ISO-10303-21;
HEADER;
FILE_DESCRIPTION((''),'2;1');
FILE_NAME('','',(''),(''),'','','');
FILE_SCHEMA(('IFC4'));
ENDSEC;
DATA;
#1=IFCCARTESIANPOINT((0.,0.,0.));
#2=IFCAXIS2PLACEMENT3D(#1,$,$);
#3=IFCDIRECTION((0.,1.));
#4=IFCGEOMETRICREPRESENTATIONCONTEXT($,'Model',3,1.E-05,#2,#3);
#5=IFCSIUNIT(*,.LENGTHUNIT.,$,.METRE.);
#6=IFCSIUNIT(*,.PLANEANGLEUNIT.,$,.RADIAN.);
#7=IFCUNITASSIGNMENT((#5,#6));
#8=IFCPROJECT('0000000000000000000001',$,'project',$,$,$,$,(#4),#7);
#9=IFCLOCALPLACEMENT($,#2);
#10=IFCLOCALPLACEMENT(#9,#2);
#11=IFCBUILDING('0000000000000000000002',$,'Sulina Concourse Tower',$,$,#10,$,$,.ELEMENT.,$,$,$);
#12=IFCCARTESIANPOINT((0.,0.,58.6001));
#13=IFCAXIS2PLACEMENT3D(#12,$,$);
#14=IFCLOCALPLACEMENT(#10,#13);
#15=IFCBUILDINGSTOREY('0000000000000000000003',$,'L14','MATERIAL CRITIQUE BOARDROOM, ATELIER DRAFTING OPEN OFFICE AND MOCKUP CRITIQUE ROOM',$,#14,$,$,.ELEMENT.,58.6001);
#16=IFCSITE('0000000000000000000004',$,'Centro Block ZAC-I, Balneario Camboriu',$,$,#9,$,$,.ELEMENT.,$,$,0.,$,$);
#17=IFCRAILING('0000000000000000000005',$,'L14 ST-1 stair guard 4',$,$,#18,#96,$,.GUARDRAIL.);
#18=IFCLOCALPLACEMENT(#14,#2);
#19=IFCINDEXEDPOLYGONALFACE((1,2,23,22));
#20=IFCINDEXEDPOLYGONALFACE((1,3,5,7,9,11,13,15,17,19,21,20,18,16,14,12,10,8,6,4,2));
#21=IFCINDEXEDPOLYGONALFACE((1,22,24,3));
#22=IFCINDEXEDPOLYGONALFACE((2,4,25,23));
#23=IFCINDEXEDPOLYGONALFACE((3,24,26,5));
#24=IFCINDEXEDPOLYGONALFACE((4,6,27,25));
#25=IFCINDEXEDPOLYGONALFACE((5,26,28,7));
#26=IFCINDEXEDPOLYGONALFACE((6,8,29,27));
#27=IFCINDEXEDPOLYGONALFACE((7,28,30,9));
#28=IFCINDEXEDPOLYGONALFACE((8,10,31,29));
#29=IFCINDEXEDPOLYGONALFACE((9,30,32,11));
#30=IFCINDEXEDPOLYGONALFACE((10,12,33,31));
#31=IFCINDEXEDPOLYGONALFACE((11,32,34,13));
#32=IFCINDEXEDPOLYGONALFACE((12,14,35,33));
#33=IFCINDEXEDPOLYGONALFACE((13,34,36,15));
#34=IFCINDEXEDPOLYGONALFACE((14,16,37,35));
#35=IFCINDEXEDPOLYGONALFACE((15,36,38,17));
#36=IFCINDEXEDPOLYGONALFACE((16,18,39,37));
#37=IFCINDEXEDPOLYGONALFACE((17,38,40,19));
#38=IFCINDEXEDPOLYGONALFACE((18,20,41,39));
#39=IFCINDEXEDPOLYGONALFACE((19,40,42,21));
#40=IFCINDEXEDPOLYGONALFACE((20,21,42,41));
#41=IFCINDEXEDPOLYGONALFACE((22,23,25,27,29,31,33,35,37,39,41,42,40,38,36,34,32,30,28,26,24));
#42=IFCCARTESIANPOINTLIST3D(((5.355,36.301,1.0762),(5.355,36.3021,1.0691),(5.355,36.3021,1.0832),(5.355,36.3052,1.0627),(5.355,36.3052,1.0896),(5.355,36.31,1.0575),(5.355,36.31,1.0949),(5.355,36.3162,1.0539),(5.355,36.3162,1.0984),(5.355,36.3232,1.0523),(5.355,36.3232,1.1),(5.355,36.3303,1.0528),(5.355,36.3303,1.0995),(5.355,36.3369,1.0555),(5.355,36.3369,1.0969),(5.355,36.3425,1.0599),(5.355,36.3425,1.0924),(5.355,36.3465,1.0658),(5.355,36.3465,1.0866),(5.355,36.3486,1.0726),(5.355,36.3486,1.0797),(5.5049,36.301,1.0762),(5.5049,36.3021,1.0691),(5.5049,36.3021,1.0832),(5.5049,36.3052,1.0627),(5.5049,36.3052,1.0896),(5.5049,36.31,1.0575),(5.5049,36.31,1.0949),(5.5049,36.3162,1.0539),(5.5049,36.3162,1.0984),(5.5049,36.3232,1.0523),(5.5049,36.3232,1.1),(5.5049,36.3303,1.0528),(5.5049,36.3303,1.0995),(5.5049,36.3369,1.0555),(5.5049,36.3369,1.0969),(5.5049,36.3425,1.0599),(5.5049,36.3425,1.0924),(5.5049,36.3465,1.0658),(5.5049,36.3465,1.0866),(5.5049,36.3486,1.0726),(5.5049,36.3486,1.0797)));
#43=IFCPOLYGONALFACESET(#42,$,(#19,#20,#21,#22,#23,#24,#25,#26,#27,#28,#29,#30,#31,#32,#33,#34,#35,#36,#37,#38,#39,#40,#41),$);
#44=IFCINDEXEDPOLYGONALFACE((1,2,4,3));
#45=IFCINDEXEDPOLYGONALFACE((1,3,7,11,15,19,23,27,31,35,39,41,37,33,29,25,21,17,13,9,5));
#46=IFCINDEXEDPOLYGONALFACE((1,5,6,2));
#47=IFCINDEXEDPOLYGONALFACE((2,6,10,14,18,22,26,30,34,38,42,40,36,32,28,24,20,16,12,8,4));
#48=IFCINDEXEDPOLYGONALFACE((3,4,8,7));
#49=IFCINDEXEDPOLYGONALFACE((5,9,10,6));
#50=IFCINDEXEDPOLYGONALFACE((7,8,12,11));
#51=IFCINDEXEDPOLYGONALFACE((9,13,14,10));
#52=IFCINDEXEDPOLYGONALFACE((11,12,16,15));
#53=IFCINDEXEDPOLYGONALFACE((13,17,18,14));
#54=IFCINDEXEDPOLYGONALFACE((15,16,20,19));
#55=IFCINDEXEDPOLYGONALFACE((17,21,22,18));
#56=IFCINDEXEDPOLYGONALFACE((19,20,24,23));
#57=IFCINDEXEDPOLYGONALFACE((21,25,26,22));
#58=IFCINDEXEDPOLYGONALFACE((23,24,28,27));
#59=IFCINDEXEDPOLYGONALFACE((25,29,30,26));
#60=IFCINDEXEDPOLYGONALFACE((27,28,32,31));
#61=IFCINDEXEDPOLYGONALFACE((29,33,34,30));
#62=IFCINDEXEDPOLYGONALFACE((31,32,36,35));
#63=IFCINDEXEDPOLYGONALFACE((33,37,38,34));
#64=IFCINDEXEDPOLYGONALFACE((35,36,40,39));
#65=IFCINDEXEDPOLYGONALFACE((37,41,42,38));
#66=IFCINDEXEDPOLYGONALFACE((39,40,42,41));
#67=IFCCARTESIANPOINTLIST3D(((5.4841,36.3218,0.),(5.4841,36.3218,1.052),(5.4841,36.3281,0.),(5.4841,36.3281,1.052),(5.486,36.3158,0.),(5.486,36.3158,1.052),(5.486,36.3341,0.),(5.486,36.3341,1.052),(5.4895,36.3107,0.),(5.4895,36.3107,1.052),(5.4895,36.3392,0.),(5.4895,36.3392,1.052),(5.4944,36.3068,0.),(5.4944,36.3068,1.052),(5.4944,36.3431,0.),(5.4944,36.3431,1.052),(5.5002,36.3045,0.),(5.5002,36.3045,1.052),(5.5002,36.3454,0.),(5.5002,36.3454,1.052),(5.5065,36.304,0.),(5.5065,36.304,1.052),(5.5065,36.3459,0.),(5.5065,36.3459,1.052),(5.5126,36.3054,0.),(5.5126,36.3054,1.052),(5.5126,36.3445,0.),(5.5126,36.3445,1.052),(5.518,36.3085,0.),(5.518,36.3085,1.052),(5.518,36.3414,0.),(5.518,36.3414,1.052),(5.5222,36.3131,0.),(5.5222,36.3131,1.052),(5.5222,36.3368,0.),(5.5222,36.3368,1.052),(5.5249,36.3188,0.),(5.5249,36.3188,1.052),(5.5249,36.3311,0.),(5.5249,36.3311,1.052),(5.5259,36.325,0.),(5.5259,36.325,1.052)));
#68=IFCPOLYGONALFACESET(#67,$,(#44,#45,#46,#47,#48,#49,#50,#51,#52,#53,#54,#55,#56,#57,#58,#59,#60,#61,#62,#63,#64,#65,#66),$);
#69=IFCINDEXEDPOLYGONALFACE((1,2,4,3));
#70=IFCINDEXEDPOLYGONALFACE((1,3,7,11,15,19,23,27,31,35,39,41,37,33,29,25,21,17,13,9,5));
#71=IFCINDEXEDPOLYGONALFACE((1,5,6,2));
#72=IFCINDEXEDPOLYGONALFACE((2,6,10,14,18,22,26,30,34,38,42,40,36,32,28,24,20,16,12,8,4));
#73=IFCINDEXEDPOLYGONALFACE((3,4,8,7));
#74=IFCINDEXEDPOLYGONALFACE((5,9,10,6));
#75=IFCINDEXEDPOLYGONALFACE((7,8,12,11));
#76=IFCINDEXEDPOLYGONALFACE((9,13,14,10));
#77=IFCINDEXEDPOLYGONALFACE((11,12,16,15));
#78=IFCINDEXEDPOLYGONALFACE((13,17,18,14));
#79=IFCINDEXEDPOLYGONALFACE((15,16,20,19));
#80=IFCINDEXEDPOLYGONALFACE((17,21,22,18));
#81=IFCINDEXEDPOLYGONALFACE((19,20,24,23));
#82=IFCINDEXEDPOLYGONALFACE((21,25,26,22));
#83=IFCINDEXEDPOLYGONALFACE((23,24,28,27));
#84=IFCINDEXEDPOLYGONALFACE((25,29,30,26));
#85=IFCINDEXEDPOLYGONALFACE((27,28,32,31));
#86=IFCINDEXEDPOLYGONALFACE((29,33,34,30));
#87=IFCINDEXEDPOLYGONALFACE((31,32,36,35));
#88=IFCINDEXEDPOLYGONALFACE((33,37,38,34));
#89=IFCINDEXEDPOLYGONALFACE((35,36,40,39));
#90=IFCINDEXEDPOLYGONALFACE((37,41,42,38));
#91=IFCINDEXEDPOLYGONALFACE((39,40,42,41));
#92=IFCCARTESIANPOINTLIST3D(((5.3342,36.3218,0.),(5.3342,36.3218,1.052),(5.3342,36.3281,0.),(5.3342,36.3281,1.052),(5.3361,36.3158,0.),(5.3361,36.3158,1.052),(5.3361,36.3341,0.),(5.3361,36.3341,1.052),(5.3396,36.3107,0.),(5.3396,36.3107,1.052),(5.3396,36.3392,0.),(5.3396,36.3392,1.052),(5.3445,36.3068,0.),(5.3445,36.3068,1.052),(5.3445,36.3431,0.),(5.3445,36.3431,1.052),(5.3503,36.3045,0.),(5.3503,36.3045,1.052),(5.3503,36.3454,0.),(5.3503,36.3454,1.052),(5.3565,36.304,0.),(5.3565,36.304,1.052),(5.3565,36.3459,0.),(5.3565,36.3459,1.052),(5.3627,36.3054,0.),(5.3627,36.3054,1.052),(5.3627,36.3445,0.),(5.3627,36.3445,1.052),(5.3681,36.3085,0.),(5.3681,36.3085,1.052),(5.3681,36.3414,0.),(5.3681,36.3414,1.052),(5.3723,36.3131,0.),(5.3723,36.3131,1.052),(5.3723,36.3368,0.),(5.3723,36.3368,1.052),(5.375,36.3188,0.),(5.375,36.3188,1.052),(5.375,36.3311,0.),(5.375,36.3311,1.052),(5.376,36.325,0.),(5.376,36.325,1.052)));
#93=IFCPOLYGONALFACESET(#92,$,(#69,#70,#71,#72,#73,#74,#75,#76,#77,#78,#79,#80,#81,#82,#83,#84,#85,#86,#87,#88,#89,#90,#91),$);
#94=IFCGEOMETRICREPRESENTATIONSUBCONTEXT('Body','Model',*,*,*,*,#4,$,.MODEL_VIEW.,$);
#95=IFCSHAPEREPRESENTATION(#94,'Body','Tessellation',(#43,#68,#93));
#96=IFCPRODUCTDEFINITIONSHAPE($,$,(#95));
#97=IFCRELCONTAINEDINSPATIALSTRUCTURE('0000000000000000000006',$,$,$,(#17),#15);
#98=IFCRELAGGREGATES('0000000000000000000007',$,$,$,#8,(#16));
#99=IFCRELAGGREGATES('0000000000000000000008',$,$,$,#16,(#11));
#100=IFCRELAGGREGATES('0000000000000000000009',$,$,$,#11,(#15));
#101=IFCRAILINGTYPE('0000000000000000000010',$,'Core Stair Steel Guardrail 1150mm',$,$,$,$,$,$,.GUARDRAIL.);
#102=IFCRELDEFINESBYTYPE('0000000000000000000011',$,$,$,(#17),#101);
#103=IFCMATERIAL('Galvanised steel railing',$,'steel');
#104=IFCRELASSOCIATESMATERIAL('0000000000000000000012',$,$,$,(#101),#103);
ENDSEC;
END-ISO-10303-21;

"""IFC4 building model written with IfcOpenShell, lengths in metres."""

from ifc_helpers import new_model, si_unit, direction, frame, origin, origin_2d, place, context, subcontext, project, spatial, circle, extrude, material, type_object, element, save


model = new_model("IFC4")

# Units and contexts
model_context = context("Model", 3, precision=1e-05, world=origin(), true_north=direction((0.0, 1.0)))
body_context = subcontext(model_context, "Body", "Model", "MODEL_VIEW")
ifc_project = project(units=[si_unit("LENGTHUNIT", "METRE"), si_unit("PLANEANGLEUNIT", "RADIAN")], contexts=[model_context])

# Site, building, storey
site_placement = place(None, origin())
site = spatial("IfcSite", under=ifc_project, at=site_placement, Name="Centro Block ZAC-I, Balneario Camboriu", CompositionType="ELEMENT", RefElevation=0.0)
building_placement = place(site_placement, origin())
building = spatial("IfcBuilding", under=site, at=building_placement, Name="Sulina Concourse Tower", CompositionType="ELEMENT")
storey_placement = place(building_placement, frame((0.0, 0.0, 58.6001)))
storey = spatial("IfcBuildingStorey", under=building, at=storey_placement, Name="L14", Description="MATERIAL CRITIQUE BOARDROOM, ATELIER DRAFTING OPEN OFFICE AND MOCKUP CRITIQUE ROOM", CompositionType="ELEMENT", Elevation=58.6001)

# Railing
ifc_material_1 = material(Name="Galvanised steel railing", Category="steel")
railing_type_1 = type_object("IfcRailingType", Name="Core Stair Steel Guardrail 1150mm", PredefinedType="GUARDRAIL", material=ifc_material_1)
railing_1_placement = place(storey_placement, frame((5.5049, 36.325, 0.0)))
element("IfcRailing", 1, at=railing_1_placement, inside=storey, type_object=railing_type_1, Name="L14 ST-1 stair guard 4", PredefinedType="GUARDRAIL", context=body_context, shape_type="SweptSolid", body=[
    extrude(circle(Radius=0.0239, at=origin_2d()), frame((0.0, 0.0, 1.0762), z_axis=(-1.0, 0.0, 0.0), x_axis=(0.0, -1.0, 0.0)), (0.0, 0.0, 1.0), 0.1499),
    extrude(circle(Radius=0.021, at=origin_2d()), origin(), (0.0, 0.0, 1.0), 1.052),
    extrude(circle(Radius=0.021, at=origin_2d()), frame((-0.1499, 0.0, 0.0)), (0.0, 0.0, 1.0), 1.052),
])

save(model, "model.ifc")
